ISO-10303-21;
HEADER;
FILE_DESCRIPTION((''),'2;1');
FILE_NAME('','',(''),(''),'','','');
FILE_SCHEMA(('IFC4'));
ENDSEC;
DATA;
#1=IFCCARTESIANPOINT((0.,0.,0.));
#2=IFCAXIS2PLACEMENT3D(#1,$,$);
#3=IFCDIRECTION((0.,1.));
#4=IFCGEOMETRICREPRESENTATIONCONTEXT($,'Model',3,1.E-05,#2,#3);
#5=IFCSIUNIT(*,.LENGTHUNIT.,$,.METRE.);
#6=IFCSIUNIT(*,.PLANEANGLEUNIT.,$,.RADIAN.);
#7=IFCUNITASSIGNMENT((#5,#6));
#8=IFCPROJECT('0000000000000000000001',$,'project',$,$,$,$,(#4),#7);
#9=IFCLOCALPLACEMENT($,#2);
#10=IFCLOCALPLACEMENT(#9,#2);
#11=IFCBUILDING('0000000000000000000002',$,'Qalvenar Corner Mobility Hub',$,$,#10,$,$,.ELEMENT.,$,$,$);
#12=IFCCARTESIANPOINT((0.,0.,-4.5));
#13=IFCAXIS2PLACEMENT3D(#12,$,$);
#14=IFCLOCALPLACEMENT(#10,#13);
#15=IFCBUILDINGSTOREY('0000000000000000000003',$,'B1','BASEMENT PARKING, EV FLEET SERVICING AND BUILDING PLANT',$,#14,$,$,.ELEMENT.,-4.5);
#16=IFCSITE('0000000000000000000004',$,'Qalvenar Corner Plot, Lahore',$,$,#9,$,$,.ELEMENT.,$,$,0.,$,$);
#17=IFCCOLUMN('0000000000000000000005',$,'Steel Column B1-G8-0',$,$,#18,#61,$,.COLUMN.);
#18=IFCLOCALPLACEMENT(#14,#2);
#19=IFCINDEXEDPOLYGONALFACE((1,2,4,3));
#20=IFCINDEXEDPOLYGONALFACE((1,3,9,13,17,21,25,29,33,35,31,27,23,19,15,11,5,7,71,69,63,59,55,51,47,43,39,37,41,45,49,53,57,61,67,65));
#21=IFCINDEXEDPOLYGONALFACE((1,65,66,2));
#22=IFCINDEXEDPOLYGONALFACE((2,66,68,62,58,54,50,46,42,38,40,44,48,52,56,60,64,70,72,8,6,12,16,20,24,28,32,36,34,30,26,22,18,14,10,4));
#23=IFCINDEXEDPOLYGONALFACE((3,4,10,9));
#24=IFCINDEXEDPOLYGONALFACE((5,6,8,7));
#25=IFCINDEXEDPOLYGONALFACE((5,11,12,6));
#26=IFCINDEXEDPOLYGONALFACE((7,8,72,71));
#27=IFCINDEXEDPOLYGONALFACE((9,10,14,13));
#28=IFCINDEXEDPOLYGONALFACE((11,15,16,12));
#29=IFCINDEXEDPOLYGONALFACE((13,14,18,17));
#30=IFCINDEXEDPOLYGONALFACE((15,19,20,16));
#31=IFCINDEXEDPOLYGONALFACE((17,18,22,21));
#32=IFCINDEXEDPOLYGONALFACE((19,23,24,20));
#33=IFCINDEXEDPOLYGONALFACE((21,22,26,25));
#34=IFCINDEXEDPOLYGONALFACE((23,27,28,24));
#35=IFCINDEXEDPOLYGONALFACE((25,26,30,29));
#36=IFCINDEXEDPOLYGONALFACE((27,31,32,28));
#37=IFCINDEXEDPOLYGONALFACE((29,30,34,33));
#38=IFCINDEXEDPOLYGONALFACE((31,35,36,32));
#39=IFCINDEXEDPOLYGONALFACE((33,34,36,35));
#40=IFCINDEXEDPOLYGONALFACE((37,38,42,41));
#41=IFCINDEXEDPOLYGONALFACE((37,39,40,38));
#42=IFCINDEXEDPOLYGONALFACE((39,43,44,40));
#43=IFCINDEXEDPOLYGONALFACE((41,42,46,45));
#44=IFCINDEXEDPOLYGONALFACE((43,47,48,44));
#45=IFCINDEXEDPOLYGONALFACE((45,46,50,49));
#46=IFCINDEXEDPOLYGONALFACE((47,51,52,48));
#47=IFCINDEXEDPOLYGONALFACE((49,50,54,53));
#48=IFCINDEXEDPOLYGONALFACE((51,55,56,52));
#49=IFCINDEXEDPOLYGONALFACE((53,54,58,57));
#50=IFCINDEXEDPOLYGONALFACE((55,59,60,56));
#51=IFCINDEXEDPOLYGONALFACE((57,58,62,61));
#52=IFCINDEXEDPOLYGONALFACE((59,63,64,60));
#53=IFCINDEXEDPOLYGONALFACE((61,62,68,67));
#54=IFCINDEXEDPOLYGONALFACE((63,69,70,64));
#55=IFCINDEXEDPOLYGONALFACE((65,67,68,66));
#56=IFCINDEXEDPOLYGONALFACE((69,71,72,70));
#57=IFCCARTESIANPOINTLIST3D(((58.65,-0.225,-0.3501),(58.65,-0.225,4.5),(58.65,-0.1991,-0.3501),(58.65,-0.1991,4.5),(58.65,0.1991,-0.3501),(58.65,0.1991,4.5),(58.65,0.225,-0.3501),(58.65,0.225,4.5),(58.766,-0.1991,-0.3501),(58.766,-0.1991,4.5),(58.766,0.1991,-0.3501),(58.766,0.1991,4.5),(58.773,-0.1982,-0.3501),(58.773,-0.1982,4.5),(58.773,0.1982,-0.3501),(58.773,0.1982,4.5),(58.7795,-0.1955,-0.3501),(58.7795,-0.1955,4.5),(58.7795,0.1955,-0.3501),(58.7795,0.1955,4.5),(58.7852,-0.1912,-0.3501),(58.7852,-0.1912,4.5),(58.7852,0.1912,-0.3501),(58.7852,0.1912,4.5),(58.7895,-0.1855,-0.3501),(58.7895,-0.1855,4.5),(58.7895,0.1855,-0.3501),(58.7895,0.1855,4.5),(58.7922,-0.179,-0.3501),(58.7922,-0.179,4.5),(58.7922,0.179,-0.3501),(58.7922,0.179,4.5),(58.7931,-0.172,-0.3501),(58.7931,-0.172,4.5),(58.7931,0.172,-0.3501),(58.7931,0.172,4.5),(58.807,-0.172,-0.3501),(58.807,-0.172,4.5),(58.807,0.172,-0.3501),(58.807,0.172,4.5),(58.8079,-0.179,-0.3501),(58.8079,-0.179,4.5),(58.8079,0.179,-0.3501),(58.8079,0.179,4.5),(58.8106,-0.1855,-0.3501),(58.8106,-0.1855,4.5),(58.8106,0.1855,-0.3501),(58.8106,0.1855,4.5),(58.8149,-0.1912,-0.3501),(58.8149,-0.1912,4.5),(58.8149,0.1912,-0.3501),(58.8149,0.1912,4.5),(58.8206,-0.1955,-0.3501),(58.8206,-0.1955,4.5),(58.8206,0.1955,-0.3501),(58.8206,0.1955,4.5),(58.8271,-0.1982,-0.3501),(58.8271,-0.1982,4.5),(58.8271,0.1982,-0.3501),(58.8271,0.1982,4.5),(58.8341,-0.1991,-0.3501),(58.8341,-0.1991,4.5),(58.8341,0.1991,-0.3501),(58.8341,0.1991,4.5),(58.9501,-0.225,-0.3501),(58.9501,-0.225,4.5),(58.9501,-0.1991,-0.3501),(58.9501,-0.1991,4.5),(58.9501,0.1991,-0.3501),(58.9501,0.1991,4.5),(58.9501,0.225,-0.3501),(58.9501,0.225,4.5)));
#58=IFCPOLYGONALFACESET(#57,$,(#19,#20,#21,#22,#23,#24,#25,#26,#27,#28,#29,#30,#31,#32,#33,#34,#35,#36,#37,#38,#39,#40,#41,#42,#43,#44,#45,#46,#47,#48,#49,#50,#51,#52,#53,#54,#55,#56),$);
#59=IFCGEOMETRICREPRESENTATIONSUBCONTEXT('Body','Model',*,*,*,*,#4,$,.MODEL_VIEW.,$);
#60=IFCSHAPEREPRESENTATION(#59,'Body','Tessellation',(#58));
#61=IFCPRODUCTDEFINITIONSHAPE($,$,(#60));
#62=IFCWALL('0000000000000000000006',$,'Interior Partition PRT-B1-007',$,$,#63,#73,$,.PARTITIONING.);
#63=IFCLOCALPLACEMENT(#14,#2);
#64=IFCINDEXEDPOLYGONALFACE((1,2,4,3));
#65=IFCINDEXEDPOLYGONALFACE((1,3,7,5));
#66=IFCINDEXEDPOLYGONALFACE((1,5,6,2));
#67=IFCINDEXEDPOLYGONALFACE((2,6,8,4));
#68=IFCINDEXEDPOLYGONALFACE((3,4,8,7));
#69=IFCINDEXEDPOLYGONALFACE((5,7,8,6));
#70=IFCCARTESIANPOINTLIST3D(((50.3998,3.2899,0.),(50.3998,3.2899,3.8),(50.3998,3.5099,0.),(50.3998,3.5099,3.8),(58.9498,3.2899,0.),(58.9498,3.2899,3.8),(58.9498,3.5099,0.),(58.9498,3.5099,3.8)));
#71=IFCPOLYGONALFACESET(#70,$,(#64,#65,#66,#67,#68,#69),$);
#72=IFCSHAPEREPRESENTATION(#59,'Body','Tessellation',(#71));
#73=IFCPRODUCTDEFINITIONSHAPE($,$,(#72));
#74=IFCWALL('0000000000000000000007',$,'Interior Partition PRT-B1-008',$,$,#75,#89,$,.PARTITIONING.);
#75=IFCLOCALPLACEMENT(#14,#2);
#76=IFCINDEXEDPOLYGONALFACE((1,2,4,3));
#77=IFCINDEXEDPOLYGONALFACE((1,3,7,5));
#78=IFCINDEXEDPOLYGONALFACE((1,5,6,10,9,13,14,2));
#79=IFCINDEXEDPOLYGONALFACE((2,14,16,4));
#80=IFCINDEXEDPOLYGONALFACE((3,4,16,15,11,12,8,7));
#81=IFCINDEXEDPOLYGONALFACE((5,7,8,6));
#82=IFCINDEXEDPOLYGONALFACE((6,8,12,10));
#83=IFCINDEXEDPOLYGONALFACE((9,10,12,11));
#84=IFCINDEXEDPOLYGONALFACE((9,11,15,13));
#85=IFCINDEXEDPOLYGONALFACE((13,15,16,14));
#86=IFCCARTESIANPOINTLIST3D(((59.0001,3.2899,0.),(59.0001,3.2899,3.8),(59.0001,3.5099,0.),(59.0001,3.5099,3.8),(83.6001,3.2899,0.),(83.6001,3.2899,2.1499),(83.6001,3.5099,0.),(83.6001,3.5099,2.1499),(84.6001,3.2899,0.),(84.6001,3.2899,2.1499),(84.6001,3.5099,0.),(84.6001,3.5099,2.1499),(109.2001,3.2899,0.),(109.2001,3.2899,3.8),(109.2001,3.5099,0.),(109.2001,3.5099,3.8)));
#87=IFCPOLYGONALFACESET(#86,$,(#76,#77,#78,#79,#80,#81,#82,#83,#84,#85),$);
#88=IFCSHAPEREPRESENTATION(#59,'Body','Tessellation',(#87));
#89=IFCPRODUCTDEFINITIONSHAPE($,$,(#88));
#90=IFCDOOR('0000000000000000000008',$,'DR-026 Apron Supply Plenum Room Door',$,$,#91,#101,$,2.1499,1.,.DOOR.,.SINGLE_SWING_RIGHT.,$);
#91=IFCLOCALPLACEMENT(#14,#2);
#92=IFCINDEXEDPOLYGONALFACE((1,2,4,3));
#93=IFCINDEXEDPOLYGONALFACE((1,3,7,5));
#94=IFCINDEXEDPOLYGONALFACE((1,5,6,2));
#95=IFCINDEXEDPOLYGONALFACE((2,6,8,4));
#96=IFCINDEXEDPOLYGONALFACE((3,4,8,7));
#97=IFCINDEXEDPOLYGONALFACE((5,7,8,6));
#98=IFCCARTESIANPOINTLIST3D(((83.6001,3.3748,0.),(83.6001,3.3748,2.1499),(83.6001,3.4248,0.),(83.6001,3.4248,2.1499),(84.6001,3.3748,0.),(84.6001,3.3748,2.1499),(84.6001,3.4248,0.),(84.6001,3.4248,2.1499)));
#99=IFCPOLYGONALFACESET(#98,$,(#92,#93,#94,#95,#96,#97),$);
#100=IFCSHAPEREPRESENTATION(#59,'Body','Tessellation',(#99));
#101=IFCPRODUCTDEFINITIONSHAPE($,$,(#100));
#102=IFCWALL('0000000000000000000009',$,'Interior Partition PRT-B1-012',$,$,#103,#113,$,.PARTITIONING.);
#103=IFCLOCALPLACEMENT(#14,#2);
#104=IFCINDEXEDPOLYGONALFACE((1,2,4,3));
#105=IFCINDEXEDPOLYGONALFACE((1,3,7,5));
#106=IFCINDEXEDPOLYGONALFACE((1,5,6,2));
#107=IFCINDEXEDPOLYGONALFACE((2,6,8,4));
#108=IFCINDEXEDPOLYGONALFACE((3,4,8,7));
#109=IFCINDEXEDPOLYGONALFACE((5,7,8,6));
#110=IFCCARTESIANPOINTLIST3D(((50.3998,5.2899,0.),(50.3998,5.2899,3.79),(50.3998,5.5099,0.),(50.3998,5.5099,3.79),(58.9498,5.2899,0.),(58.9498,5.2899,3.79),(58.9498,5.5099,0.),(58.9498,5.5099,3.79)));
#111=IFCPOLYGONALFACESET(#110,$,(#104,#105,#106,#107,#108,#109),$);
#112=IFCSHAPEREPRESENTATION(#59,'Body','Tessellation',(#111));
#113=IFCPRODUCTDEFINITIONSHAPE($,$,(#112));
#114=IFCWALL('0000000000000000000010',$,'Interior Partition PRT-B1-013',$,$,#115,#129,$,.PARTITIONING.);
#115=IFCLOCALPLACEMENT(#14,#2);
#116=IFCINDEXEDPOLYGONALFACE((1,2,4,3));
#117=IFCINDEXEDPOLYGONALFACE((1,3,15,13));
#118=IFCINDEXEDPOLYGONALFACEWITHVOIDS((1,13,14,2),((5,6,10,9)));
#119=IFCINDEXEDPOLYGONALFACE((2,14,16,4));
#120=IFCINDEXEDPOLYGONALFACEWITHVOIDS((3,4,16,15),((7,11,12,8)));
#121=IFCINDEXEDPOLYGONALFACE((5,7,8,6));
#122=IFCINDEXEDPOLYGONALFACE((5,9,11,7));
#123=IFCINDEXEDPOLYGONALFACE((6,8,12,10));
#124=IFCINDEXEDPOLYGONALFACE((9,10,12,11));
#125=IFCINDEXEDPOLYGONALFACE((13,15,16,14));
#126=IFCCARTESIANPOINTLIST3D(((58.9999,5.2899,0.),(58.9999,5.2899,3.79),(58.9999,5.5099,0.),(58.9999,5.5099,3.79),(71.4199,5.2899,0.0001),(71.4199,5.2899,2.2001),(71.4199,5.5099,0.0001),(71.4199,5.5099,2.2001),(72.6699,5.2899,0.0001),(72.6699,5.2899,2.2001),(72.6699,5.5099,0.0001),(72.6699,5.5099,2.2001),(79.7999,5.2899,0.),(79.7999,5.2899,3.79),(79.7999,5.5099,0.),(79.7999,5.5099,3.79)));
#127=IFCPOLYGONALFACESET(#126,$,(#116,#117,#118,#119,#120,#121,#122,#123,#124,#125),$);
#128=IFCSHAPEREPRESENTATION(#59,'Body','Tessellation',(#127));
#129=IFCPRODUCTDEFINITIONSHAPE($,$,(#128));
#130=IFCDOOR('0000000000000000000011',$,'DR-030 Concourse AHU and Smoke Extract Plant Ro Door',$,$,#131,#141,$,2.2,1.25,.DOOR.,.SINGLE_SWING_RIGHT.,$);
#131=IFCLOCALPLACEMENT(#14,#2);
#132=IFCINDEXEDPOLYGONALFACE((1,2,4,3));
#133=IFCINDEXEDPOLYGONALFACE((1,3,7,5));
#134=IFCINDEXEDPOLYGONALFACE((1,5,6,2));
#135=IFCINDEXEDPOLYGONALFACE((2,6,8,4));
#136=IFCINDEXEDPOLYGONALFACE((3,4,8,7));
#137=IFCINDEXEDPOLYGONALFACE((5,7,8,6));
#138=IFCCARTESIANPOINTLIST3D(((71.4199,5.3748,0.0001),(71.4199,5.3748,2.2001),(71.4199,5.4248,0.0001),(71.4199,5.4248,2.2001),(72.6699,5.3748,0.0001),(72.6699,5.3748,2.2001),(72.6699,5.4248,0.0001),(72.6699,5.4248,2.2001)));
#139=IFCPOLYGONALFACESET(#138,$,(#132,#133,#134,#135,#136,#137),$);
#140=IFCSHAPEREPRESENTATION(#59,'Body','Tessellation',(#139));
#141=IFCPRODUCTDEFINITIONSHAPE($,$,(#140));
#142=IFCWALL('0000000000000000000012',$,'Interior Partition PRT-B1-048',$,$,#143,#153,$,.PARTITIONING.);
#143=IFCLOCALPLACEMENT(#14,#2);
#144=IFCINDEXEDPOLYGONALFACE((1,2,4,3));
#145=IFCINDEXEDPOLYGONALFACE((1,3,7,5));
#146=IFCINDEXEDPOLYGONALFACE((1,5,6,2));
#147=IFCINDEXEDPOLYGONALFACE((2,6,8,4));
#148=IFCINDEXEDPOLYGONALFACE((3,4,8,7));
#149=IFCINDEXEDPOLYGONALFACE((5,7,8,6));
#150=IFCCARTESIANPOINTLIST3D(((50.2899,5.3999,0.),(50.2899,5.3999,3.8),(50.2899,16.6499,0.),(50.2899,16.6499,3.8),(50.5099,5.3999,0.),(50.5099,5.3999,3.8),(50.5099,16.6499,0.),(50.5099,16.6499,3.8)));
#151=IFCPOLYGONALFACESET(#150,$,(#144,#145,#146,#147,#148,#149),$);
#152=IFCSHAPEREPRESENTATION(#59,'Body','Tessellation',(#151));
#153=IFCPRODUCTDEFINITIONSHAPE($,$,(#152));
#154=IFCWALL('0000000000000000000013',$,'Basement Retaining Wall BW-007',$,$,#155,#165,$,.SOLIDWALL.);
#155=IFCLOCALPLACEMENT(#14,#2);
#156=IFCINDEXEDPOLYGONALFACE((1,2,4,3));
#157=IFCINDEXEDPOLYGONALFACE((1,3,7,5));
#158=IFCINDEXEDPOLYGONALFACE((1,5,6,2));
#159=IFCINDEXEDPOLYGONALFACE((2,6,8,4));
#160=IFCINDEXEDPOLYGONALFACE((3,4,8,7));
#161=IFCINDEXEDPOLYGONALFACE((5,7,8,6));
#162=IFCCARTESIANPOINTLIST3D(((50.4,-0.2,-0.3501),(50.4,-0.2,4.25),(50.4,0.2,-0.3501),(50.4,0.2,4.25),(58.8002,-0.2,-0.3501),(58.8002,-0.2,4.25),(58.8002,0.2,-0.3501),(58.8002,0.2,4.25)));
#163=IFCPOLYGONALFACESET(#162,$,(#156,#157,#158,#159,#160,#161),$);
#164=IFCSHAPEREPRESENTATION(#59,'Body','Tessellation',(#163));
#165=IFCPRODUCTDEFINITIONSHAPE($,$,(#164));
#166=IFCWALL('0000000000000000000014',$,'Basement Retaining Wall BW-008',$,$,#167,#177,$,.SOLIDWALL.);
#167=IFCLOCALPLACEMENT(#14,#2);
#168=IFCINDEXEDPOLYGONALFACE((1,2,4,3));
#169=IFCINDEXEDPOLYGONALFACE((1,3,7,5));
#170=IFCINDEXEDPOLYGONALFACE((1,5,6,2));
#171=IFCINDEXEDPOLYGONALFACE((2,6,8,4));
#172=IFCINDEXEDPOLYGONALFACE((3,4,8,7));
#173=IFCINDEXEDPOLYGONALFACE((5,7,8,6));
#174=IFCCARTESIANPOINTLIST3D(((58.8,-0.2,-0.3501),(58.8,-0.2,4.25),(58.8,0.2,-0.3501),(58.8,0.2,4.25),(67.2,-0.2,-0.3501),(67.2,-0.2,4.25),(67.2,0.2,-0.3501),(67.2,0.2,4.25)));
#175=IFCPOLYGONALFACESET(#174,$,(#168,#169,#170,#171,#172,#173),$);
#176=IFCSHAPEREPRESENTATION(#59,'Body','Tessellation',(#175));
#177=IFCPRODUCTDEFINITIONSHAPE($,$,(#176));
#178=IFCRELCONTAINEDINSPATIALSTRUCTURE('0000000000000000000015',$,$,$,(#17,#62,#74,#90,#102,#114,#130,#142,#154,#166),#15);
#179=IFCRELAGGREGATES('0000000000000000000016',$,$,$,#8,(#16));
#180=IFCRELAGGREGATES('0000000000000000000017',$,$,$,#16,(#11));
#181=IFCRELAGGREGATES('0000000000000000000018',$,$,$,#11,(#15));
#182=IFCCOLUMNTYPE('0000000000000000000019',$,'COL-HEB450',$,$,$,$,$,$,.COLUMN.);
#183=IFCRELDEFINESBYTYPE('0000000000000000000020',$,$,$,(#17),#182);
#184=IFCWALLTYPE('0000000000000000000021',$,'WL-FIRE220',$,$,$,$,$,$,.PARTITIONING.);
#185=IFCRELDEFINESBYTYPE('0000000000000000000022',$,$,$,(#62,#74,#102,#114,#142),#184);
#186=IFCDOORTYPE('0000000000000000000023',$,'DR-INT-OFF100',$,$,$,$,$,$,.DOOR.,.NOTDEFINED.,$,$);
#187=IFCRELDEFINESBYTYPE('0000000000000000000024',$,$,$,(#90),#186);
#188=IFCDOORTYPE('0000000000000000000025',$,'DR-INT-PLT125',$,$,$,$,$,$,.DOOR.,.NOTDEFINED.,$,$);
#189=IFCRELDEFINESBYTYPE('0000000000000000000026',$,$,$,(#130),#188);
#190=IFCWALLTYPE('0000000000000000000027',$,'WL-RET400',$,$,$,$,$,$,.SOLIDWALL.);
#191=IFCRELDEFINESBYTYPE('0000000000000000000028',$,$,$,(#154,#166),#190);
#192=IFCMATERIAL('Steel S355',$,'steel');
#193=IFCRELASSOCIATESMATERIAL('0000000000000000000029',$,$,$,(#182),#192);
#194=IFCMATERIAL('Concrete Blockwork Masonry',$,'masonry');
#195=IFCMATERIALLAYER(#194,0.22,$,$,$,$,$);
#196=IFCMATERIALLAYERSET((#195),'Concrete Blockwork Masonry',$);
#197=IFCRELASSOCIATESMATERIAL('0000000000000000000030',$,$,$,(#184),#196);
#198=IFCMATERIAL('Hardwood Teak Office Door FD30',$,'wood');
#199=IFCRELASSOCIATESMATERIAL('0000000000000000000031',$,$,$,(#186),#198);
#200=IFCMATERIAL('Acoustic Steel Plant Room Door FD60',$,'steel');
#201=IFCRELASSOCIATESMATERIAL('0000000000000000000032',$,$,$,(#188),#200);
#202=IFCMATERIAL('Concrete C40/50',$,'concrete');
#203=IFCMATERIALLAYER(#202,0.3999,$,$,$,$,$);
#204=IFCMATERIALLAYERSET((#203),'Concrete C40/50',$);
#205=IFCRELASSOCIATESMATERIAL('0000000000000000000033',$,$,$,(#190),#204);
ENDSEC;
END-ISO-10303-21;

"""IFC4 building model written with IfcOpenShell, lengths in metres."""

from ifc_helpers import new_model, si_unit, direction, frame, frame_2d, origin, origin_2d, place, context, subcontext, project, spatial, rectangle, i_section, extrude, material, layer, layer_set, material_profile, profile_set, type_object, element, fill, save


model = new_model("IFC4")

# Units and contexts
model_context = context("Model", 3, precision=1e-05, world=origin(), true_north=direction((0.0, 1.0)))
body_context = subcontext(model_context, "Body", "Model", "MODEL_VIEW")
ifc_project = project(units=[si_unit("LENGTHUNIT", "METRE"), si_unit("PLANEANGLEUNIT", "RADIAN")], contexts=[model_context])

# Site, building, storey
site_placement = place(None, origin())
site = spatial("IfcSite", under=ifc_project, at=site_placement, Name="Qalvenar Corner Plot, Lahore", CompositionType="ELEMENT", RefElevation=0.0)
building_placement = place(site_placement, origin())
building = spatial("IfcBuilding", under=site, at=building_placement, Name="Qalvenar Corner Mobility Hub", CompositionType="ELEMENT")
storey_placement = place(building_placement, frame((0.0, 0.0, -4.5)))
storey = spatial("IfcBuildingStorey", under=building, at=storey_placement, Name="B1", Description="BASEMENT PARKING, EV FLEET SERVICING AND BUILDING PLANT", CompositionType="ELEMENT", Elevation=-4.5)

# Shared definitions
ifc_material_1 = material(Name="Concrete C40/50", Category="concrete")

# Column
ifc_material_2 = material(Name="Steel S355", Category="steel")
ifc_material_profile_1 = material_profile(ifc_material_2, i_section(OverallWidth=0.3, OverallDepth=0.45, WebThickness=0.0139, FlangeThickness=0.0259, FilletRadius=0.0271, at=origin_2d()), Name="HEB450")
ifc_profile_set_1 = profile_set([ifc_material_profile_1], Name="Steel S355")
column_type_1 = type_object("IfcColumnType", Name="COL-HEB450", PredefinedType="COLUMN", material=ifc_profile_set_1)
column_1_placement = place(storey_placement, frame((58.8, 0.0, -0.3501), z_axis=(0.0, 0.0, 1.0), x_axis=(1.0, 0.0, 0.0)))
element("IfcColumn", 1, at=column_1_placement, inside=storey, type_object=column_type_1, Name="Steel Column B1-G8-0", PredefinedType="COLUMN", context=body_context, shape_type="SweptSolid", body=[
    extrude(i_section(OverallWidth=0.3, OverallDepth=0.45, WebThickness=0.0139, FlangeThickness=0.0259, FilletRadius=0.0271, at=origin_2d()), origin(), (0.0, 0.0, 1.0), 4.8501),
])

# Wall
ifc_material_3 = material(Name="Concrete Blockwork Masonry", Category="masonry")
ifc_layer_1 = layer(ifc_material_3, 0.22)
ifc_layer_set_1 = layer_set([ifc_layer_1], Name="Concrete Blockwork Masonry")
wall_type_1 = type_object("IfcWallType", Name="WL-FIRE220", PredefinedType="PARTITIONING", material=ifc_layer_set_1)
wall_1_placement = place(storey_placement, frame((50.3999, 3.3999, 0.0), z_axis=(0.0, 0.0, 1.0), x_axis=(1.0, 0.0, 0.0)))
element("IfcWall", 2, at=wall_1_placement, inside=storey, type_object=wall_type_1, Name="Interior Partition PRT-B1-007", PredefinedType="PARTITIONING", context=body_context, shape_type="SweptSolid", body=[
    extrude(rectangle(XDim=8.55, YDim=0.22, at=frame_2d((4.2749, 0.0))), origin(), (0.0, 0.0, 1.0), 3.8),
])

# Wall, opening, door
wall_2_placement = place(storey_placement, frame((59.0, 3.3999, 0.0), z_axis=(0.0, 0.0, 1.0), x_axis=(1.0, 0.0, 0.0)))
wall_2 = element("IfcWall", 3, at=wall_2_placement, inside=storey, type_object=wall_type_1, Name="Interior Partition PRT-B1-008", PredefinedType="PARTITIONING", context=body_context, shape_type="SweptSolid", body=[
    extrude(rectangle(XDim=50.2, YDim=0.22, at=frame_2d((25.1001, 0.0))), origin(), (0.0, 0.0, 1.0), 3.8),
])
opening_1_placement = place(wall_2_placement, frame((24.6001, 0.0, 0.0)))
opening_1 = element("IfcOpeningElement", 4, at=opening_1_placement, cuts=wall_2, PredefinedType="OPENING", context=body_context, shape_type="SweptSolid", body=[
    extrude(rectangle(XDim=1.0, YDim=2.1499, at=frame_2d((0.5, 1.075))), frame((0.0, 0.1201, 0.0), z_axis=(0.0, -1.0, 0.0), x_axis=(1.0, 0.0, 0.0)), (0.0, 0.0, 1.0), 0.24),
])
ifc_material_4 = material(Name="Hardwood Teak Office Door FD30", Category="wood")
door_type_1 = type_object("IfcDoorType", Name="DR-INT-OFF100", OperationType="NOTDEFINED", PredefinedType="DOOR", material=ifc_material_4)
door_1_placement = place(opening_1_placement, origin())
door_1 = element("IfcDoor", 5, at=door_1_placement, inside=storey, type_object=door_type_1, Name="DR-026 Apron Supply Plenum Room Door", OperationType="SINGLE_SWING_RIGHT", OverallHeight=2.1499, OverallWidth=1.0, PredefinedType="DOOR", context=body_context, shape_type="SweptSolid", body=[
    extrude(rectangle(XDim=1.0, YDim=2.1499, at=frame_2d((0.5, 1.075))), frame((0.0, 0.0249, 0.0), z_axis=(0.0, -1.0, 0.0), x_axis=(1.0, 0.0, 0.0)), (0.0, 0.0, 1.0), 0.05),
])
fill(opening_1, door_1)

# Wall
wall_3_placement = place(storey_placement, frame((50.3999, 5.3999, 0.0), z_axis=(0.0, 0.0, 1.0), x_axis=(1.0, 0.0, 0.0)))
element("IfcWall", 6, at=wall_3_placement, inside=storey, type_object=wall_type_1, Name="Interior Partition PRT-B1-012", PredefinedType="PARTITIONING", context=body_context, shape_type="SweptSolid", body=[
    extrude(rectangle(XDim=8.55, YDim=0.22, at=frame_2d((4.2749, 0.0))), origin(), (0.0, 0.0, 1.0), 3.79),
])

# Wall, opening, door
wall_4_placement = place(storey_placement, frame((59.0, 5.3999, 0.0), z_axis=(0.0, 0.0, 1.0), x_axis=(1.0, 0.0, 0.0)))
wall_4 = element("IfcWall", 7, at=wall_4_placement, inside=storey, type_object=wall_type_1, Name="Interior Partition PRT-B1-013", PredefinedType="PARTITIONING", context=body_context, shape_type="SweptSolid", body=[
    extrude(rectangle(XDim=20.8, YDim=0.22, at=frame_2d((10.3999, 0.0))), origin(), (0.0, 0.0, 1.0), 3.79),
])
opening_2_placement = place(wall_4_placement, frame((12.4199, 0.0, 0.0)))
opening_2 = element("IfcOpeningElement", 8, at=opening_2_placement, cuts=wall_4, PredefinedType="OPENING", context=body_context, shape_type="SweptSolid", body=[
    extrude(rectangle(XDim=1.25, YDim=2.2, at=frame_2d((0.625, 1.1001))), frame((0.0, 0.1201, 0.0), z_axis=(0.0, -1.0, 0.0), x_axis=(1.0, 0.0, 0.0)), (0.0, 0.0, 1.0), 0.24),
])
ifc_material_5 = material(Name="Acoustic Steel Plant Room Door FD60", Category="steel")
door_type_2 = type_object("IfcDoorType", Name="DR-INT-PLT125", OperationType="NOTDEFINED", PredefinedType="DOOR", material=ifc_material_5)
door_2_placement = place(opening_2_placement, origin())
door_2 = element("IfcDoor", 9, at=door_2_placement, inside=storey, type_object=door_type_2, Name="DR-030 Concourse AHU and Smoke Extract Plant Ro Door", OperationType="SINGLE_SWING_RIGHT", OverallHeight=2.2, OverallWidth=1.25, PredefinedType="DOOR", context=body_context, shape_type="SweptSolid", body=[
    extrude(rectangle(XDim=1.25, YDim=2.2, at=frame_2d((0.625, 1.1001))), frame((0.0, 0.0249, 0.0), z_axis=(0.0, -1.0, 0.0), x_axis=(1.0, 0.0, 0.0)), (0.0, 0.0, 1.0), 0.05),
])
fill(opening_2, door_2)

# Walls
wall_5_placement = place(storey_placement, frame((50.3999, 5.3999, 0.0), z_axis=(0.0, 0.0, 1.0), x_axis=(0.0, 1.0, 0.0)))
element("IfcWall", 10, at=wall_5_placement, inside=storey, type_object=wall_type_1, Name="Interior Partition PRT-B1-048", PredefinedType="PARTITIONING", context=body_context, shape_type="SweptSolid", body=[
    extrude(rectangle(XDim=11.25, YDim=0.22, at=frame_2d((5.625, 0.0))), origin(), (0.0, 0.0, 1.0), 3.8),
])
ifc_layer_2 = layer(ifc_material_1, 0.3999)
ifc_layer_set_2 = layer_set([ifc_layer_2], Name="Concrete C40/50")
wall_type_2 = type_object("IfcWallType", Name="WL-RET400", PredefinedType="SOLIDWALL", material=ifc_layer_set_2)
wall_6_placement = place(storey_placement, frame((50.3999, 0.0, -0.3501), z_axis=(0.0, 0.0, 1.0), x_axis=(1.0, 0.0, 0.0)))
element("IfcWall", 11, at=wall_6_placement, inside=storey, type_object=wall_type_2, Name="Basement Retaining Wall BW-007", PredefinedType="SOLIDWALL", context=body_context, shape_type="SweptSolid", body=[
    extrude(rectangle(XDim=8.4001, YDim=0.3999, at=frame_2d((4.2002, 0.0))), origin(), (0.0, 0.0, 1.0), 4.6001),
])
wall_7_placement = place(storey_placement, frame((58.8, 0.0, -0.3501), z_axis=(0.0, 0.0, 1.0), x_axis=(1.0, 0.0, 0.0)))
element("IfcWall", 12, at=wall_7_placement, inside=storey, type_object=wall_type_2, Name="Basement Retaining Wall BW-008", PredefinedType="SOLIDWALL", context=body_context, shape_type="SweptSolid", body=[
    extrude(rectangle(XDim=8.3999, YDim=0.3999, at=frame_2d((4.2, 0.0))), origin(), (0.0, 0.0, 1.0), 4.6001),
])

save(model, "model.ifc")
